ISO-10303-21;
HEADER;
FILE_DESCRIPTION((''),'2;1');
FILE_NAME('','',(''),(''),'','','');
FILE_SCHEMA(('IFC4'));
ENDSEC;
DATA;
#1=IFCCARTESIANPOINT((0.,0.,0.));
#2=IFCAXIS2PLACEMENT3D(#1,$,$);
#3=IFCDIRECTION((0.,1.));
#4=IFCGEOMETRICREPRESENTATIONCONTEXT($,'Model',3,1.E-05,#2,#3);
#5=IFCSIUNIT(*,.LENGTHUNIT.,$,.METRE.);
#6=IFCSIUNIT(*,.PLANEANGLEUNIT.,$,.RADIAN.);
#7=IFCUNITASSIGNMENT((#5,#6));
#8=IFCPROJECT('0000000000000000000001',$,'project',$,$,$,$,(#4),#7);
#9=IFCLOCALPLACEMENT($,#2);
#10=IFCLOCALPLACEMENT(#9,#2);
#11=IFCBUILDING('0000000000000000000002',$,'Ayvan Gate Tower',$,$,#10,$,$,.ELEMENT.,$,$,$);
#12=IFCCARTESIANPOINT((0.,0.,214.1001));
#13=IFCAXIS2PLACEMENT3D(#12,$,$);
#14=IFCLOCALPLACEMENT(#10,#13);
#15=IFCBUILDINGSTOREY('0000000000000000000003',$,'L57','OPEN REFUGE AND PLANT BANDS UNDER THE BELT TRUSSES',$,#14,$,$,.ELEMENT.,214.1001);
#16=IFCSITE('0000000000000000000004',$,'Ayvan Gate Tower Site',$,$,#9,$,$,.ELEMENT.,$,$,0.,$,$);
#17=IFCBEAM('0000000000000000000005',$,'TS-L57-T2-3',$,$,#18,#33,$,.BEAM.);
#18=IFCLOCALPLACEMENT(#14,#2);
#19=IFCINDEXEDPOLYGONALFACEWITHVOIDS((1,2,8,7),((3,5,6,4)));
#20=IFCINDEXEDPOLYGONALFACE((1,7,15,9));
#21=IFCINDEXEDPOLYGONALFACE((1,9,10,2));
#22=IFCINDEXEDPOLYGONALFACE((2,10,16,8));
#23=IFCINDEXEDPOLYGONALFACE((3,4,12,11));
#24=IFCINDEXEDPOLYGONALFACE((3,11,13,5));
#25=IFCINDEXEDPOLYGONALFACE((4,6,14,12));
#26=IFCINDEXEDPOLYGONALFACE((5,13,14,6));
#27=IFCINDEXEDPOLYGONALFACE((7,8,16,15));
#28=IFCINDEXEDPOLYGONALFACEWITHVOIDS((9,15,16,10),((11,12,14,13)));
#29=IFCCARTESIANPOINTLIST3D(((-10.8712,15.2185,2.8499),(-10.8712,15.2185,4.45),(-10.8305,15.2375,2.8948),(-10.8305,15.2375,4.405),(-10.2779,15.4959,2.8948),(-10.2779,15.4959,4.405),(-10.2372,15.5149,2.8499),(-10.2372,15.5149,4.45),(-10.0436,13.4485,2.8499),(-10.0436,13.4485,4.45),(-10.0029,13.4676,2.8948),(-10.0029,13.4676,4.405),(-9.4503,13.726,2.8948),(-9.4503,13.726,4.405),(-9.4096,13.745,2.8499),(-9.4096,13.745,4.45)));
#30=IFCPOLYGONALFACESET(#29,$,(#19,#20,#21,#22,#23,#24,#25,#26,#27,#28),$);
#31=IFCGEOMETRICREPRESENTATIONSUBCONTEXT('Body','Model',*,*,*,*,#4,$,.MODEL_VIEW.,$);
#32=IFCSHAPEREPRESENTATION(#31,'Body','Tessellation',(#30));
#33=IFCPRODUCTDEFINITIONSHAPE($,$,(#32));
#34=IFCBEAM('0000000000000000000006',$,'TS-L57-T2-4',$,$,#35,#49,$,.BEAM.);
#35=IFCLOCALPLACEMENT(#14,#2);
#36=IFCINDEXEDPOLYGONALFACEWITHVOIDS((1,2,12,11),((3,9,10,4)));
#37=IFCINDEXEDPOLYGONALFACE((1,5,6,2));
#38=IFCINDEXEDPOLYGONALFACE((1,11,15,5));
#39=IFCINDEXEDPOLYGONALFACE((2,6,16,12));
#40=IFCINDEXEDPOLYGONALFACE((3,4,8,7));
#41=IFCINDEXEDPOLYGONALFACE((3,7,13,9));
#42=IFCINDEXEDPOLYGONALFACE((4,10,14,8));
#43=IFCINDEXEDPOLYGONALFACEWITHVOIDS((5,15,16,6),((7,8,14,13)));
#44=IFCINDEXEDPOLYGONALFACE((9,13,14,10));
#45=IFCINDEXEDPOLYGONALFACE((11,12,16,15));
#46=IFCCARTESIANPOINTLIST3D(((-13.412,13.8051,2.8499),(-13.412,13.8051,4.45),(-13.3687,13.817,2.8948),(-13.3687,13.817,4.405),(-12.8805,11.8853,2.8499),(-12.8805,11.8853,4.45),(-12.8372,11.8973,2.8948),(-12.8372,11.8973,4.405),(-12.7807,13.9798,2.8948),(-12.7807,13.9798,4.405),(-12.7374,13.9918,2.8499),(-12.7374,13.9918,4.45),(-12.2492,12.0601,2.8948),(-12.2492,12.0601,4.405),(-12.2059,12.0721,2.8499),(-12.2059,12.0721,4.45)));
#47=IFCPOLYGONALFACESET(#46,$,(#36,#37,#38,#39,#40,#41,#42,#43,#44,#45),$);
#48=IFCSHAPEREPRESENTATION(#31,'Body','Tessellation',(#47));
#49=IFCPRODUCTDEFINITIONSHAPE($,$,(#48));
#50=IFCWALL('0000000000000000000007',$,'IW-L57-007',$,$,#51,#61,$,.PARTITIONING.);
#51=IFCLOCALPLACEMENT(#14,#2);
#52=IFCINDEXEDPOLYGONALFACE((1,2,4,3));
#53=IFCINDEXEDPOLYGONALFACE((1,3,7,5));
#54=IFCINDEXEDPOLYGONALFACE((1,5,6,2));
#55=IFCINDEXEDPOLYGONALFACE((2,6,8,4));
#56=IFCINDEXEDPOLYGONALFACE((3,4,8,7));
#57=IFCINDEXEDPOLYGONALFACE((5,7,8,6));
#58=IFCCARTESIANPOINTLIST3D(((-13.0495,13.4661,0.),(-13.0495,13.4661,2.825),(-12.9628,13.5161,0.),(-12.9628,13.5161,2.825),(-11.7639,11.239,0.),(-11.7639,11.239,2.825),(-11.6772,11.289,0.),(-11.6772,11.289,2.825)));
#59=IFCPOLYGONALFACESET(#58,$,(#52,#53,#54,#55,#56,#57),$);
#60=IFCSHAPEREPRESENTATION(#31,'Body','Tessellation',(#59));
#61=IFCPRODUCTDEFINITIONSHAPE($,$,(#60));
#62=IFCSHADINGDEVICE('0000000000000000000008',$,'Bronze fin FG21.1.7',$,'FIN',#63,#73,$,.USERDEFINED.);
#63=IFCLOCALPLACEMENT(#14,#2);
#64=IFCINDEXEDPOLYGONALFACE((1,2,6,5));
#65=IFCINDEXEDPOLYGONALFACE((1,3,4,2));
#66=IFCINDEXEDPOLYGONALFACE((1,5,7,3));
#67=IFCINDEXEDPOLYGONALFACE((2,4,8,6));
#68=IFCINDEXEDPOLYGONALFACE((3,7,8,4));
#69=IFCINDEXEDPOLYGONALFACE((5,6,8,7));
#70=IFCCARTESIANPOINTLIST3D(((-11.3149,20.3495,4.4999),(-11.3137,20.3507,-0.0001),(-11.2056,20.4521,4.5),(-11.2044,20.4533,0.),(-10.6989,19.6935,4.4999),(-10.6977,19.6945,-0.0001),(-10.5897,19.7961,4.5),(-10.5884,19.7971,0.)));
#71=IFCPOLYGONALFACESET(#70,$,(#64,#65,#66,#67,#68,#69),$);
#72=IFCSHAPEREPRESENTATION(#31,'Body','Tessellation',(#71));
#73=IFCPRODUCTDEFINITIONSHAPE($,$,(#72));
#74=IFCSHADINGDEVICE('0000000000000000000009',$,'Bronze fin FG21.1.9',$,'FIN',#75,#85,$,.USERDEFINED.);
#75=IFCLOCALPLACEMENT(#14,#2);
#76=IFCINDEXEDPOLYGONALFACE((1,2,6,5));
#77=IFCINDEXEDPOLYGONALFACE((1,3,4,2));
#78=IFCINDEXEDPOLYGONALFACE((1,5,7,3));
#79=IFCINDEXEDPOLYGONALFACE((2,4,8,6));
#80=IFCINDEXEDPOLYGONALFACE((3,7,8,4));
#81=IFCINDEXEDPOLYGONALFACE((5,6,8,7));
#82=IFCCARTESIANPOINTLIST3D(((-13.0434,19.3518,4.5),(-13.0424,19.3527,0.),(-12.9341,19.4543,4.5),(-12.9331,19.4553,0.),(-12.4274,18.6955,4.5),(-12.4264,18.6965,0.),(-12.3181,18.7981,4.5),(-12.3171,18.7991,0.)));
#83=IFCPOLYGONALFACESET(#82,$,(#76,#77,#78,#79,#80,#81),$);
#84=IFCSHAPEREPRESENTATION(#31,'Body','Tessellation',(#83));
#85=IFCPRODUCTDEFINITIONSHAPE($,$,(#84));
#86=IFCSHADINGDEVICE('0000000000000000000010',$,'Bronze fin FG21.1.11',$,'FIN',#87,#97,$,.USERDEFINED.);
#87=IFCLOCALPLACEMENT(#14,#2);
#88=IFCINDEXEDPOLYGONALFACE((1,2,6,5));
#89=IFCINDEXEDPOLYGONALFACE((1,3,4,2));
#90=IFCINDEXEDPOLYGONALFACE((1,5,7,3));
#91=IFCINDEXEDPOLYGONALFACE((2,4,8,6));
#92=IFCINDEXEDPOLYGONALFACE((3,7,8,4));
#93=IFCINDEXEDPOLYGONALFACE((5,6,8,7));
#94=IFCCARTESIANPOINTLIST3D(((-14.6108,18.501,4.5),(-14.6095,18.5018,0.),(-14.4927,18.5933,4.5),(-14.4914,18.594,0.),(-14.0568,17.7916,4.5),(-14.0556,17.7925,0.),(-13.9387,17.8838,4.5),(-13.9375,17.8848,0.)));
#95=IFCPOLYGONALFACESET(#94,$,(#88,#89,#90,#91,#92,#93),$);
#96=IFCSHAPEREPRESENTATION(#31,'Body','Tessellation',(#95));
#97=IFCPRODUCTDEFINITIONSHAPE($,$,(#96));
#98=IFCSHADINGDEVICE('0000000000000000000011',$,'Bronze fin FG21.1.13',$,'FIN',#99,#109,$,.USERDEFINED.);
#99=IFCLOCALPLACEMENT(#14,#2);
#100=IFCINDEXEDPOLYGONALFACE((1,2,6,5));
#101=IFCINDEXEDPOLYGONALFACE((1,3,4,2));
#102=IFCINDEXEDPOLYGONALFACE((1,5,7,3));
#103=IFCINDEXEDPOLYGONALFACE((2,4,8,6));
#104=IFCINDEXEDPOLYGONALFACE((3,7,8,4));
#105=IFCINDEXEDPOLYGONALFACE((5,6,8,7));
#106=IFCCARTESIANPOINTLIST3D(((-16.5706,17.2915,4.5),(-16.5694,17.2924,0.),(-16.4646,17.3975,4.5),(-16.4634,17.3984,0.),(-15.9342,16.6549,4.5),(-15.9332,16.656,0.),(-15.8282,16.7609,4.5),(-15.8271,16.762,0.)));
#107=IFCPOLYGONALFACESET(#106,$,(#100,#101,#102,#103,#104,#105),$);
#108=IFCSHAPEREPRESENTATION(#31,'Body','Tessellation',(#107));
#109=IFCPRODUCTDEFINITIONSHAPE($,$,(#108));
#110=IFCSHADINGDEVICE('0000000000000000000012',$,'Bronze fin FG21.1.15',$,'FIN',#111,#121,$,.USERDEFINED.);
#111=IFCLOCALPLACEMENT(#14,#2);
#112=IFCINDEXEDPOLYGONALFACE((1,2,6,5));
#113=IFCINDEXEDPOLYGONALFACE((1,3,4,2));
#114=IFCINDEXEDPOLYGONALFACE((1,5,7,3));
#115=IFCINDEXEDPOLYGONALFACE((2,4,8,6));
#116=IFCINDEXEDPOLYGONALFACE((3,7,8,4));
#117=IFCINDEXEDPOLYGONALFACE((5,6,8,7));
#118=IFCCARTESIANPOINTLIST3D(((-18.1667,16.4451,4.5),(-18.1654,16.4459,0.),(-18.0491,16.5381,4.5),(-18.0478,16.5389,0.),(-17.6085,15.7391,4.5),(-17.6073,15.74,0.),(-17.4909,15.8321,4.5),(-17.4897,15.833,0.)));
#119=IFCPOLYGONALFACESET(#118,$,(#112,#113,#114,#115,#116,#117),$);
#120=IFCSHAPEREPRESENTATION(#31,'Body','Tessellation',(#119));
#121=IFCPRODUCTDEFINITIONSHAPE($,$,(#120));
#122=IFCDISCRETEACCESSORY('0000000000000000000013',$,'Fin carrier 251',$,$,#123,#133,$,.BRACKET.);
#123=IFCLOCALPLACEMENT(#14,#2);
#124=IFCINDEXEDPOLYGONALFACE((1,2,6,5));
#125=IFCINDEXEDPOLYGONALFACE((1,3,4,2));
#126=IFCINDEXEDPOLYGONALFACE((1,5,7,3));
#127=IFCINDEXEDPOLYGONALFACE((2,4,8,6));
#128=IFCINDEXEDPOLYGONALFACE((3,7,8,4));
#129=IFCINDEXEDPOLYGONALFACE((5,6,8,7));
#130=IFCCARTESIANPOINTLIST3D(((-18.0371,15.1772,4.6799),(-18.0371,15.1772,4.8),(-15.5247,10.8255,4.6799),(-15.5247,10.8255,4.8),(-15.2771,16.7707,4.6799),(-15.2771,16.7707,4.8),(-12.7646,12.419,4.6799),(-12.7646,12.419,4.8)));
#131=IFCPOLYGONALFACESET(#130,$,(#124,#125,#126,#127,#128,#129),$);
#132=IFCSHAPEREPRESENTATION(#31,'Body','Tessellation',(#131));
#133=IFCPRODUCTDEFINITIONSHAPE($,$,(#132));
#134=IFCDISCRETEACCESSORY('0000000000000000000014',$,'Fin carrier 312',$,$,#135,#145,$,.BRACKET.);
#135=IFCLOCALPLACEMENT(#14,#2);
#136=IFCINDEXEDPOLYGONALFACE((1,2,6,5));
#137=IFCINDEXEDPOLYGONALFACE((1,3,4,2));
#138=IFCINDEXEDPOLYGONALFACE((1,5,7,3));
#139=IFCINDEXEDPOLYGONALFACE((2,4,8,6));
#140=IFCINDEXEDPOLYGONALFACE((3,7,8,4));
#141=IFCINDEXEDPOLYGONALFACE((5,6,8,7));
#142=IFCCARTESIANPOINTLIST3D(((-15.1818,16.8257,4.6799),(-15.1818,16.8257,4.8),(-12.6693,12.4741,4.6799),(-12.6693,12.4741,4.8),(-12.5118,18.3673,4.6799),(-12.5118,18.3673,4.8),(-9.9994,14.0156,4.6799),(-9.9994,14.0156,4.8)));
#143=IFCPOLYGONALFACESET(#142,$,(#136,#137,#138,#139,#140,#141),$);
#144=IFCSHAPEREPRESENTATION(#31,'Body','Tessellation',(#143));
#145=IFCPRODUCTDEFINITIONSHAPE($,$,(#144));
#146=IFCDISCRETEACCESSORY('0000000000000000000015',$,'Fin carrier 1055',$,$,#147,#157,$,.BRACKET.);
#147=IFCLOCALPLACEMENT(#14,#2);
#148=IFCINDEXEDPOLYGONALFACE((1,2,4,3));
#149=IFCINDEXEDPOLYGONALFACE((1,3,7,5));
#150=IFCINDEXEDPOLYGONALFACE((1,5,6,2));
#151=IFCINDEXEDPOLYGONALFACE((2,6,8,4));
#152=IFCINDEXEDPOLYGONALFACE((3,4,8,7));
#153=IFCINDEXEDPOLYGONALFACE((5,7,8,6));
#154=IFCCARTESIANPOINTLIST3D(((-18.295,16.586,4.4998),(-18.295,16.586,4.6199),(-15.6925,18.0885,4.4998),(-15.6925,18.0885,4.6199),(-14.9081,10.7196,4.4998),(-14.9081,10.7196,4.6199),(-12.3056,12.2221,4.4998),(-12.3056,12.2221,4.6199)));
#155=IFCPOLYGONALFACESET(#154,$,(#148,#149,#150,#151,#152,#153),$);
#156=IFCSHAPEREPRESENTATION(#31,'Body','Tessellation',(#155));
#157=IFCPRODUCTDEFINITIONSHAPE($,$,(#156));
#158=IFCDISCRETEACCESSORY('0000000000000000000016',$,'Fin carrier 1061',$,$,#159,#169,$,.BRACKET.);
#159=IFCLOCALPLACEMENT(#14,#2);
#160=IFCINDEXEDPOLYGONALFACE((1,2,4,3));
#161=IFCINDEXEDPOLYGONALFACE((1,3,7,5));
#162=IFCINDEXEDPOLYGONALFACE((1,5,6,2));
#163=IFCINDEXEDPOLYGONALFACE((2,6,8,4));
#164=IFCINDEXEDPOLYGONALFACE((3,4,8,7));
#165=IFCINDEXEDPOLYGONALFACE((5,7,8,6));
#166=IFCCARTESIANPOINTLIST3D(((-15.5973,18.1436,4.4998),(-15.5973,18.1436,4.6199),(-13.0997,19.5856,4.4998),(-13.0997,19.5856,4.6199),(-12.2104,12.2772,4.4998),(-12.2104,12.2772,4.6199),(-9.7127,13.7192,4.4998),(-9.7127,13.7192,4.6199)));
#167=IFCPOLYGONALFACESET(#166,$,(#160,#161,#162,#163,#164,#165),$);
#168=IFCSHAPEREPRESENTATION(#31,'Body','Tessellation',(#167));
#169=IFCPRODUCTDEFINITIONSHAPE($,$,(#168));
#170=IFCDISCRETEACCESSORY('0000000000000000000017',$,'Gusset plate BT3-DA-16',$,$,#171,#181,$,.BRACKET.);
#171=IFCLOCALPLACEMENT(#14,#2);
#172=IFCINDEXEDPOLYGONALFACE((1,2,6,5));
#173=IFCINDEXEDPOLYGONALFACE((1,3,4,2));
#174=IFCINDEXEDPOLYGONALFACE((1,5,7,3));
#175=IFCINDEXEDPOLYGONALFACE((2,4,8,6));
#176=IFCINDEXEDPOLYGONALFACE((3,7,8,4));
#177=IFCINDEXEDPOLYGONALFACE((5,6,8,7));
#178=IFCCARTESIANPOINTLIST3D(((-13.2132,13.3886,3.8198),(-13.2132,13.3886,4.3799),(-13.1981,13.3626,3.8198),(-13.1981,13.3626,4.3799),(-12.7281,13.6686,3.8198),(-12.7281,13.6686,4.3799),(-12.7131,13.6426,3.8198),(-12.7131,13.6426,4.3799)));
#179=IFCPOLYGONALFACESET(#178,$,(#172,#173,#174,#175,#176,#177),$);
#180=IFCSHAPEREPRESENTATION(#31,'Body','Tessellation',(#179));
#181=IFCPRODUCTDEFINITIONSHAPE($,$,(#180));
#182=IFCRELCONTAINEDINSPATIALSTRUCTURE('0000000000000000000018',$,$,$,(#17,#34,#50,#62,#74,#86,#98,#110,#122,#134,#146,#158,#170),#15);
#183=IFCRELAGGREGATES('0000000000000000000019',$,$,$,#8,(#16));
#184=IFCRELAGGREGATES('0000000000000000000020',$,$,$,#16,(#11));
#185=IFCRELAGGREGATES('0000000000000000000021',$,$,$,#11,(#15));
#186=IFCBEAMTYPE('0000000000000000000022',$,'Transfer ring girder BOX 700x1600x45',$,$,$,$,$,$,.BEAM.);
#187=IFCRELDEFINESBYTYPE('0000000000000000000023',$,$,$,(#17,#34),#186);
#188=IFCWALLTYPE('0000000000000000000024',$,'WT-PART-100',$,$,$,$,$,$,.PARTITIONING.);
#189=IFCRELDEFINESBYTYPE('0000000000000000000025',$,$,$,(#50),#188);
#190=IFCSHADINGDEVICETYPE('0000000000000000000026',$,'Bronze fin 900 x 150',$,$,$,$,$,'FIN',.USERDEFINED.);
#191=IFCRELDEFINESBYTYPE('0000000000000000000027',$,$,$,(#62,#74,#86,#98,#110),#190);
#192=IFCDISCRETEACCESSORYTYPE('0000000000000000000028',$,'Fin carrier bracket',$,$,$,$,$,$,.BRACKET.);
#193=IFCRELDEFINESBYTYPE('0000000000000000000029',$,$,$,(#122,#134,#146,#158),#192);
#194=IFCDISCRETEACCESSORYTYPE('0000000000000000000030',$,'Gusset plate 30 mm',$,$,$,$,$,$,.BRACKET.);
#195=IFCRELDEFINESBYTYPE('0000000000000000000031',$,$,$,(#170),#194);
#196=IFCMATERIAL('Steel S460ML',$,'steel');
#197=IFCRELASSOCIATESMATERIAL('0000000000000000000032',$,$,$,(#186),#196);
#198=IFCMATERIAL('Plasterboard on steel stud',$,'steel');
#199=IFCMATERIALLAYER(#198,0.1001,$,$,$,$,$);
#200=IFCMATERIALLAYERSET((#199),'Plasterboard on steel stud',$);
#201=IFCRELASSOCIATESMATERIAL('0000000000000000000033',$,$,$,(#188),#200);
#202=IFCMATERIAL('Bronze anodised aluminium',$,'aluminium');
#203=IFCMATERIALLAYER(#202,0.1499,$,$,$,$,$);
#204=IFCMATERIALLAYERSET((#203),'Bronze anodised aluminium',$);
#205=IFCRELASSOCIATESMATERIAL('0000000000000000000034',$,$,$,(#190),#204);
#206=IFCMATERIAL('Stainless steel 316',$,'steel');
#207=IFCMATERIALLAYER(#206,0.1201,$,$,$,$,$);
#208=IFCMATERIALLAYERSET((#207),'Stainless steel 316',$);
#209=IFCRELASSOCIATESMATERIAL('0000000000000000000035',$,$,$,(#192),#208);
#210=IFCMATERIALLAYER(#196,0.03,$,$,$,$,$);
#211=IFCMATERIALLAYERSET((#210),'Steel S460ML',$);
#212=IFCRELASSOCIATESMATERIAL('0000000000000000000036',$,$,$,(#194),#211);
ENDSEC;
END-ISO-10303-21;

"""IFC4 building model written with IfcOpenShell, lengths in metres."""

from ifc_helpers import new_model, si_unit, direction, frame, frame_2d, origin, origin_2d, place, context, subcontext, project, spatial, polyline, rectangle, hollow_rectangle, outline, extrude, material, layer, layer_set, material_profile, profile_set, type_object, element, save


model = new_model("IFC4")

# Units and contexts
model_context = context("Model", 3, precision=1e-05, world=origin(), true_north=direction((0.0, 1.0)))
body_context = subcontext(model_context, "Body", "Model", "MODEL_VIEW")
ifc_project = project(units=[si_unit("LENGTHUNIT", "METRE"), si_unit("PLANEANGLEUNIT", "RADIAN")], contexts=[model_context])

# Site, building, storey
site_placement = place(None, origin())
site = spatial("IfcSite", under=ifc_project, at=site_placement, Name="Ayvan Gate Tower Site", CompositionType="ELEMENT", RefElevation=0.0)
building_placement = place(site_placement, origin())
building = spatial("IfcBuilding", under=site, at=building_placement, Name="Ayvan Gate Tower", CompositionType="ELEMENT")
storey_placement = place(building_placement, frame((0.0, 0.0, 214.1001)))
storey = spatial("IfcBuildingStorey", under=building, at=storey_placement, Name="L57", Description="OPEN REFUGE AND PLANT BANDS UNDER THE BELT TRUSSES", CompositionType="ELEMENT", Elevation=214.1001)

# Shared definitions
ifc_material_1 = material(Name="Steel S460ML", Category="steel")

# Beams
ifc_material_profile_1 = material_profile(ifc_material_1, hollow_rectangle(XDim=0.7, YDim=1.6001, WallThickness=0.0449, at=origin_2d()), Name="BOX 700x1600x45")
ifc_profile_set_1 = profile_set([ifc_material_profile_1], Name="Steel S460ML")
beam_type_1 = type_object("IfcBeamType", Name="Transfer ring girder BOX 700x1600x45", PredefinedType="BEAM", material=ifc_profile_set_1)
beam_1_placement = place(storey_placement, frame((-10.5542, 15.3667, 3.6499), z_axis=(0.423569, -0.905864, 0.0), x_axis=(0.905864, 0.423569, 0.0)))
element("IfcBeam", 1, at=beam_1_placement, inside=storey, type_object=beam_type_1, Name="TS-L57-T2-3", PredefinedType="BEAM", context=body_context, shape_type="SweptSolid", body=[
    extrude(hollow_rectangle(XDim=0.7, YDim=1.6001, WallThickness=0.0449, at=origin_2d()), origin(), (0.0, 0.0, 1.0), 1.9539),
])
beam_2_placement = place(storey_placement, frame((-13.0747, 13.8984, 3.6499), z_axis=(0.266828, -0.963744, 0.0), x_axis=(0.963744, 0.266828, 0.0)))
element("IfcBeam", 2, at=beam_2_placement, inside=storey, type_object=beam_type_1, Name="TS-L57-T2-4", PredefinedType="BEAM", context=body_context, shape_type="SweptSolid", body=[
    extrude(hollow_rectangle(XDim=0.7, YDim=1.6001, WallThickness=0.0449, at=origin_2d()), origin(), (0.0, 0.0, 1.0), 1.9919),
])

# Wall
ifc_material_2 = material(Name="Plasterboard on steel stud", Category="steel")
ifc_layer_1 = layer(ifc_material_2, 0.1001)
ifc_layer_set_1 = layer_set([ifc_layer_1], Name="Plasterboard on steel stud")
wall_type = type_object("IfcWallType", Name="WT-PART-100", PredefinedType="PARTITIONING", material=ifc_layer_set_1)
wall_placement = place(storey_placement, frame((-13.0061, 13.491, 0.0), z_axis=(0.0, 0.0, 1.0), x_axis=(0.499958, -0.86605, 0.0)))
element("IfcWall", 3, at=wall_placement, inside=storey, type_object=wall_type, Name="IW-L57-007", PredefinedType="PARTITIONING", context=body_context, shape_type="SweptSolid", body=[
    extrude(rectangle(XDim=2.5715, YDim=0.1001, at=frame_2d((1.2856, 0.0))), origin(), (0.0, 0.0, 1.0), 2.825),
])

# Shading devices
ifc_material_3 = material(Name="Bronze anodised aluminium", Category="aluminium")
ifc_layer_2 = layer(ifc_material_3, 0.1499)
ifc_layer_set_2 = layer_set([ifc_layer_2], Name="Bronze anodised aluminium")
shading_device_type = type_object("IfcShadingDeviceType", Name="Bronze fin 900 x 150", ElementType="FIN", PredefinedType="USERDEFINED", material=ifc_layer_set_2)
shading_device_1_placement = place(storey_placement, frame((-10.5884, 19.7971, 0.0), z_axis=(0.729067, 0.684442, 0.000365), x_axis=(-0.684442, 0.729068, 0.0)))
element("IfcShadingDevice", 4, at=shading_device_1_placement, inside=storey, type_object=shading_device_type, Name="Bronze fin FG21.1.7", ObjectType="FIN", PredefinedType="USERDEFINED", context=body_context, shape_type="SweptSolid", body=[
    extrude(outline(polyline([(0.0, 0.0), (0.9, 0.0), (0.9, 4.5), (0.0001, 4.5), (0.0, 0.0)])), origin(), (0.0, 0.0, -1.0), 0.1499),
])
shading_device_2_placement = place(storey_placement, frame((-12.3171, 18.7991, 0.0), z_axis=(0.729131, 0.684374, 0.000307), x_axis=(-0.684374, 0.729131, 0.0)))
element("IfcShadingDevice", 5, at=shading_device_2_placement, inside=storey, type_object=shading_device_type, Name="Bronze fin FG21.1.9", ObjectType="FIN", PredefinedType="USERDEFINED", context=body_context, shape_type="SweptSolid", body=[
    extrude(outline(polyline([(0.0, 0.0), (0.9, 0.0), (0.9, 4.5), (0.0, 4.5), (0.0, 0.0)])), origin(), (0.0, 0.0, -1.0), 0.1499),
])
shading_device_3_placement = place(storey_placement, frame((-13.9375, 17.8848, 0.0), z_axis=(0.788146, 0.615489, 0.000331), x_axis=(-0.615489, 0.788146, 0.0)))
element("IfcShadingDevice", 6, at=shading_device_3_placement, inside=storey, type_object=shading_device_type, Name="Bronze fin FG21.1.11", ObjectType="FIN", PredefinedType="USERDEFINED", context=body_context, shape_type="SweptSolid", body=[
    extrude(outline(polyline([(0.0, 0.0), (0.8999, 0.0), (0.9001, 4.5), (0.0, 4.5), (0.0, 0.0)])), origin(), (0.0, 0.0, -1.0), 0.1499),
])
shading_device_4_placement = place(storey_placement, frame((-15.8271, 16.762, 0.0), z_axis=(0.707175, 0.707039, 0.000326), x_axis=(-0.707039, 0.707175, 0.0)))
element("IfcShadingDevice", 7, at=shading_device_4_placement, inside=storey, type_object=shading_device_type, Name="Bronze fin FG21.1.13", ObjectType="FIN", PredefinedType="USERDEFINED", context=body_context, shape_type="SweptSolid", body=[
    extrude(outline(polyline([(0.0, 0.0), (0.8999, 0.0), (0.9001, 4.5), (0.0, 4.5), (0.0, 0.0)])), origin(), (0.0, 0.0, -1.0), 0.1499),
])
shading_device_5_placement = place(storey_placement, frame((-17.4897, 15.833, 0.0), z_axis=(0.784455, 0.620185, 0.000331), x_axis=(-0.620185, 0.784455, 0.0)))
element("IfcShadingDevice", 8, at=shading_device_5_placement, inside=storey, type_object=shading_device_type, Name="Bronze fin FG21.1.15", ObjectType="FIN", PredefinedType="USERDEFINED", context=body_context, shape_type="SweptSolid", body=[
    extrude(outline(polyline([(0.0, 0.0), (0.8998, 0.0), (0.9, 4.5), (0.0, 4.5), (0.0, 0.0)])), origin(), (0.0, 0.0, -1.0), 0.1499),
])

# Discrete accessories
ifc_material_4 = material(Name="Stainless steel 316", Category="steel")
ifc_layer_3 = layer(ifc_material_4, 0.1201)
ifc_layer_set_3 = layer_set([ifc_layer_3], Name="Stainless steel 316")
discrete_accessory_type_1 = type_object("IfcDiscreteAccessoryType", Name="Fin carrier bracket", PredefinedType="BRACKET", material=ifc_layer_set_3)
discrete_accessory_1_placement = place(storey_placement, frame((-15.4009, 13.7981, 4.6799), z_axis=(0.0, 0.0, 1.0), x_axis=(-0.866025, -0.5, 0.0)))
element("IfcDiscreteAccessory", 9, at=discrete_accessory_1_placement, inside=storey, type_object=discrete_accessory_type_1, Name="Fin carrier 251", PredefinedType="BRACKET", context=body_context, shape_type="SweptSolid", body=[
    extrude(rectangle(XDim=3.187, YDim=5.0249, at=origin_2d()), origin(), (0.0, 0.0, 1.0), 0.1201),
])
discrete_accessory_2_placement = place(storey_placement, frame((-12.5906, 15.4207, 4.6799), z_axis=(0.0, 0.0, 1.0), x_axis=(-0.866025, -0.5, 0.0)))
element("IfcDiscreteAccessory", 10, at=discrete_accessory_2_placement, inside=storey, type_object=discrete_accessory_type_1, Name="Fin carrier 312", PredefinedType="BRACKET", context=body_context, shape_type="SweptSolid", body=[
    extrude(rectangle(XDim=3.083, YDim=5.0249, at=origin_2d()), origin(), (0.0, 0.0, 1.0), 0.1201),
])
discrete_accessory_3_placement = place(storey_placement, frame((-15.3003, 14.4041, 4.4998), z_axis=(0.0, 0.0, 1.0), x_axis=(-0.866025, -0.5, 0.0)))
element("IfcDiscreteAccessory", 11, at=discrete_accessory_3_placement, inside=storey, type_object=discrete_accessory_type_1, Name="Fin carrier 1055", PredefinedType="BRACKET", context=body_context, shape_type="SweptSolid", body=[
    extrude(rectangle(XDim=3.0051, YDim=6.7739, at=origin_2d()), origin(), (0.0, 0.0, 1.0), 0.1201),
])
discrete_accessory_4_placement = place(storey_placement, frame((-12.655, 15.9314, 4.4998), z_axis=(0.0, 0.0, 1.0), x_axis=(-0.866025, -0.5, 0.0)))
element("IfcDiscreteAccessory", 12, at=discrete_accessory_4_placement, inside=storey, type_object=discrete_accessory_type_1, Name="Fin carrier 1061", PredefinedType="BRACKET", context=body_context, shape_type="SweptSolid", body=[
    extrude(rectangle(XDim=2.884, YDim=6.7739, at=origin_2d()), origin(), (0.0, 0.0, 1.0), 0.1201),
])
ifc_layer_4 = layer(ifc_material_1, 0.03)
ifc_layer_set_4 = layer_set([ifc_layer_4], Name="Steel S460ML")
discrete_accessory_type_2 = type_object("IfcDiscreteAccessoryType", Name="Gusset plate 30 mm", PredefinedType="BRACKET", material=ifc_layer_set_4)
for number, where, z_axis, x_axis, name in (
    (13, (-12.9631, 13.5156, 3.8198), (0.0, 0.0, 1.0), (0.866025, 0.5, 0.0), "Gusset plate BT3-DA-16"),
):
    element("IfcDiscreteAccessory", number, at=place(storey_placement, frame(where, z_axis=z_axis, x_axis=x_axis)), inside=storey, type_object=discrete_accessory_type_2, Name=name, PredefinedType="BRACKET", context=body_context, shape_type="SweptSolid", body=[
        extrude(rectangle(XDim=0.5601, YDim=0.03, at=origin_2d()), origin(), (0.0, 0.0, 1.0), 0.5601),
    ])

save(model, "model.ifc")
